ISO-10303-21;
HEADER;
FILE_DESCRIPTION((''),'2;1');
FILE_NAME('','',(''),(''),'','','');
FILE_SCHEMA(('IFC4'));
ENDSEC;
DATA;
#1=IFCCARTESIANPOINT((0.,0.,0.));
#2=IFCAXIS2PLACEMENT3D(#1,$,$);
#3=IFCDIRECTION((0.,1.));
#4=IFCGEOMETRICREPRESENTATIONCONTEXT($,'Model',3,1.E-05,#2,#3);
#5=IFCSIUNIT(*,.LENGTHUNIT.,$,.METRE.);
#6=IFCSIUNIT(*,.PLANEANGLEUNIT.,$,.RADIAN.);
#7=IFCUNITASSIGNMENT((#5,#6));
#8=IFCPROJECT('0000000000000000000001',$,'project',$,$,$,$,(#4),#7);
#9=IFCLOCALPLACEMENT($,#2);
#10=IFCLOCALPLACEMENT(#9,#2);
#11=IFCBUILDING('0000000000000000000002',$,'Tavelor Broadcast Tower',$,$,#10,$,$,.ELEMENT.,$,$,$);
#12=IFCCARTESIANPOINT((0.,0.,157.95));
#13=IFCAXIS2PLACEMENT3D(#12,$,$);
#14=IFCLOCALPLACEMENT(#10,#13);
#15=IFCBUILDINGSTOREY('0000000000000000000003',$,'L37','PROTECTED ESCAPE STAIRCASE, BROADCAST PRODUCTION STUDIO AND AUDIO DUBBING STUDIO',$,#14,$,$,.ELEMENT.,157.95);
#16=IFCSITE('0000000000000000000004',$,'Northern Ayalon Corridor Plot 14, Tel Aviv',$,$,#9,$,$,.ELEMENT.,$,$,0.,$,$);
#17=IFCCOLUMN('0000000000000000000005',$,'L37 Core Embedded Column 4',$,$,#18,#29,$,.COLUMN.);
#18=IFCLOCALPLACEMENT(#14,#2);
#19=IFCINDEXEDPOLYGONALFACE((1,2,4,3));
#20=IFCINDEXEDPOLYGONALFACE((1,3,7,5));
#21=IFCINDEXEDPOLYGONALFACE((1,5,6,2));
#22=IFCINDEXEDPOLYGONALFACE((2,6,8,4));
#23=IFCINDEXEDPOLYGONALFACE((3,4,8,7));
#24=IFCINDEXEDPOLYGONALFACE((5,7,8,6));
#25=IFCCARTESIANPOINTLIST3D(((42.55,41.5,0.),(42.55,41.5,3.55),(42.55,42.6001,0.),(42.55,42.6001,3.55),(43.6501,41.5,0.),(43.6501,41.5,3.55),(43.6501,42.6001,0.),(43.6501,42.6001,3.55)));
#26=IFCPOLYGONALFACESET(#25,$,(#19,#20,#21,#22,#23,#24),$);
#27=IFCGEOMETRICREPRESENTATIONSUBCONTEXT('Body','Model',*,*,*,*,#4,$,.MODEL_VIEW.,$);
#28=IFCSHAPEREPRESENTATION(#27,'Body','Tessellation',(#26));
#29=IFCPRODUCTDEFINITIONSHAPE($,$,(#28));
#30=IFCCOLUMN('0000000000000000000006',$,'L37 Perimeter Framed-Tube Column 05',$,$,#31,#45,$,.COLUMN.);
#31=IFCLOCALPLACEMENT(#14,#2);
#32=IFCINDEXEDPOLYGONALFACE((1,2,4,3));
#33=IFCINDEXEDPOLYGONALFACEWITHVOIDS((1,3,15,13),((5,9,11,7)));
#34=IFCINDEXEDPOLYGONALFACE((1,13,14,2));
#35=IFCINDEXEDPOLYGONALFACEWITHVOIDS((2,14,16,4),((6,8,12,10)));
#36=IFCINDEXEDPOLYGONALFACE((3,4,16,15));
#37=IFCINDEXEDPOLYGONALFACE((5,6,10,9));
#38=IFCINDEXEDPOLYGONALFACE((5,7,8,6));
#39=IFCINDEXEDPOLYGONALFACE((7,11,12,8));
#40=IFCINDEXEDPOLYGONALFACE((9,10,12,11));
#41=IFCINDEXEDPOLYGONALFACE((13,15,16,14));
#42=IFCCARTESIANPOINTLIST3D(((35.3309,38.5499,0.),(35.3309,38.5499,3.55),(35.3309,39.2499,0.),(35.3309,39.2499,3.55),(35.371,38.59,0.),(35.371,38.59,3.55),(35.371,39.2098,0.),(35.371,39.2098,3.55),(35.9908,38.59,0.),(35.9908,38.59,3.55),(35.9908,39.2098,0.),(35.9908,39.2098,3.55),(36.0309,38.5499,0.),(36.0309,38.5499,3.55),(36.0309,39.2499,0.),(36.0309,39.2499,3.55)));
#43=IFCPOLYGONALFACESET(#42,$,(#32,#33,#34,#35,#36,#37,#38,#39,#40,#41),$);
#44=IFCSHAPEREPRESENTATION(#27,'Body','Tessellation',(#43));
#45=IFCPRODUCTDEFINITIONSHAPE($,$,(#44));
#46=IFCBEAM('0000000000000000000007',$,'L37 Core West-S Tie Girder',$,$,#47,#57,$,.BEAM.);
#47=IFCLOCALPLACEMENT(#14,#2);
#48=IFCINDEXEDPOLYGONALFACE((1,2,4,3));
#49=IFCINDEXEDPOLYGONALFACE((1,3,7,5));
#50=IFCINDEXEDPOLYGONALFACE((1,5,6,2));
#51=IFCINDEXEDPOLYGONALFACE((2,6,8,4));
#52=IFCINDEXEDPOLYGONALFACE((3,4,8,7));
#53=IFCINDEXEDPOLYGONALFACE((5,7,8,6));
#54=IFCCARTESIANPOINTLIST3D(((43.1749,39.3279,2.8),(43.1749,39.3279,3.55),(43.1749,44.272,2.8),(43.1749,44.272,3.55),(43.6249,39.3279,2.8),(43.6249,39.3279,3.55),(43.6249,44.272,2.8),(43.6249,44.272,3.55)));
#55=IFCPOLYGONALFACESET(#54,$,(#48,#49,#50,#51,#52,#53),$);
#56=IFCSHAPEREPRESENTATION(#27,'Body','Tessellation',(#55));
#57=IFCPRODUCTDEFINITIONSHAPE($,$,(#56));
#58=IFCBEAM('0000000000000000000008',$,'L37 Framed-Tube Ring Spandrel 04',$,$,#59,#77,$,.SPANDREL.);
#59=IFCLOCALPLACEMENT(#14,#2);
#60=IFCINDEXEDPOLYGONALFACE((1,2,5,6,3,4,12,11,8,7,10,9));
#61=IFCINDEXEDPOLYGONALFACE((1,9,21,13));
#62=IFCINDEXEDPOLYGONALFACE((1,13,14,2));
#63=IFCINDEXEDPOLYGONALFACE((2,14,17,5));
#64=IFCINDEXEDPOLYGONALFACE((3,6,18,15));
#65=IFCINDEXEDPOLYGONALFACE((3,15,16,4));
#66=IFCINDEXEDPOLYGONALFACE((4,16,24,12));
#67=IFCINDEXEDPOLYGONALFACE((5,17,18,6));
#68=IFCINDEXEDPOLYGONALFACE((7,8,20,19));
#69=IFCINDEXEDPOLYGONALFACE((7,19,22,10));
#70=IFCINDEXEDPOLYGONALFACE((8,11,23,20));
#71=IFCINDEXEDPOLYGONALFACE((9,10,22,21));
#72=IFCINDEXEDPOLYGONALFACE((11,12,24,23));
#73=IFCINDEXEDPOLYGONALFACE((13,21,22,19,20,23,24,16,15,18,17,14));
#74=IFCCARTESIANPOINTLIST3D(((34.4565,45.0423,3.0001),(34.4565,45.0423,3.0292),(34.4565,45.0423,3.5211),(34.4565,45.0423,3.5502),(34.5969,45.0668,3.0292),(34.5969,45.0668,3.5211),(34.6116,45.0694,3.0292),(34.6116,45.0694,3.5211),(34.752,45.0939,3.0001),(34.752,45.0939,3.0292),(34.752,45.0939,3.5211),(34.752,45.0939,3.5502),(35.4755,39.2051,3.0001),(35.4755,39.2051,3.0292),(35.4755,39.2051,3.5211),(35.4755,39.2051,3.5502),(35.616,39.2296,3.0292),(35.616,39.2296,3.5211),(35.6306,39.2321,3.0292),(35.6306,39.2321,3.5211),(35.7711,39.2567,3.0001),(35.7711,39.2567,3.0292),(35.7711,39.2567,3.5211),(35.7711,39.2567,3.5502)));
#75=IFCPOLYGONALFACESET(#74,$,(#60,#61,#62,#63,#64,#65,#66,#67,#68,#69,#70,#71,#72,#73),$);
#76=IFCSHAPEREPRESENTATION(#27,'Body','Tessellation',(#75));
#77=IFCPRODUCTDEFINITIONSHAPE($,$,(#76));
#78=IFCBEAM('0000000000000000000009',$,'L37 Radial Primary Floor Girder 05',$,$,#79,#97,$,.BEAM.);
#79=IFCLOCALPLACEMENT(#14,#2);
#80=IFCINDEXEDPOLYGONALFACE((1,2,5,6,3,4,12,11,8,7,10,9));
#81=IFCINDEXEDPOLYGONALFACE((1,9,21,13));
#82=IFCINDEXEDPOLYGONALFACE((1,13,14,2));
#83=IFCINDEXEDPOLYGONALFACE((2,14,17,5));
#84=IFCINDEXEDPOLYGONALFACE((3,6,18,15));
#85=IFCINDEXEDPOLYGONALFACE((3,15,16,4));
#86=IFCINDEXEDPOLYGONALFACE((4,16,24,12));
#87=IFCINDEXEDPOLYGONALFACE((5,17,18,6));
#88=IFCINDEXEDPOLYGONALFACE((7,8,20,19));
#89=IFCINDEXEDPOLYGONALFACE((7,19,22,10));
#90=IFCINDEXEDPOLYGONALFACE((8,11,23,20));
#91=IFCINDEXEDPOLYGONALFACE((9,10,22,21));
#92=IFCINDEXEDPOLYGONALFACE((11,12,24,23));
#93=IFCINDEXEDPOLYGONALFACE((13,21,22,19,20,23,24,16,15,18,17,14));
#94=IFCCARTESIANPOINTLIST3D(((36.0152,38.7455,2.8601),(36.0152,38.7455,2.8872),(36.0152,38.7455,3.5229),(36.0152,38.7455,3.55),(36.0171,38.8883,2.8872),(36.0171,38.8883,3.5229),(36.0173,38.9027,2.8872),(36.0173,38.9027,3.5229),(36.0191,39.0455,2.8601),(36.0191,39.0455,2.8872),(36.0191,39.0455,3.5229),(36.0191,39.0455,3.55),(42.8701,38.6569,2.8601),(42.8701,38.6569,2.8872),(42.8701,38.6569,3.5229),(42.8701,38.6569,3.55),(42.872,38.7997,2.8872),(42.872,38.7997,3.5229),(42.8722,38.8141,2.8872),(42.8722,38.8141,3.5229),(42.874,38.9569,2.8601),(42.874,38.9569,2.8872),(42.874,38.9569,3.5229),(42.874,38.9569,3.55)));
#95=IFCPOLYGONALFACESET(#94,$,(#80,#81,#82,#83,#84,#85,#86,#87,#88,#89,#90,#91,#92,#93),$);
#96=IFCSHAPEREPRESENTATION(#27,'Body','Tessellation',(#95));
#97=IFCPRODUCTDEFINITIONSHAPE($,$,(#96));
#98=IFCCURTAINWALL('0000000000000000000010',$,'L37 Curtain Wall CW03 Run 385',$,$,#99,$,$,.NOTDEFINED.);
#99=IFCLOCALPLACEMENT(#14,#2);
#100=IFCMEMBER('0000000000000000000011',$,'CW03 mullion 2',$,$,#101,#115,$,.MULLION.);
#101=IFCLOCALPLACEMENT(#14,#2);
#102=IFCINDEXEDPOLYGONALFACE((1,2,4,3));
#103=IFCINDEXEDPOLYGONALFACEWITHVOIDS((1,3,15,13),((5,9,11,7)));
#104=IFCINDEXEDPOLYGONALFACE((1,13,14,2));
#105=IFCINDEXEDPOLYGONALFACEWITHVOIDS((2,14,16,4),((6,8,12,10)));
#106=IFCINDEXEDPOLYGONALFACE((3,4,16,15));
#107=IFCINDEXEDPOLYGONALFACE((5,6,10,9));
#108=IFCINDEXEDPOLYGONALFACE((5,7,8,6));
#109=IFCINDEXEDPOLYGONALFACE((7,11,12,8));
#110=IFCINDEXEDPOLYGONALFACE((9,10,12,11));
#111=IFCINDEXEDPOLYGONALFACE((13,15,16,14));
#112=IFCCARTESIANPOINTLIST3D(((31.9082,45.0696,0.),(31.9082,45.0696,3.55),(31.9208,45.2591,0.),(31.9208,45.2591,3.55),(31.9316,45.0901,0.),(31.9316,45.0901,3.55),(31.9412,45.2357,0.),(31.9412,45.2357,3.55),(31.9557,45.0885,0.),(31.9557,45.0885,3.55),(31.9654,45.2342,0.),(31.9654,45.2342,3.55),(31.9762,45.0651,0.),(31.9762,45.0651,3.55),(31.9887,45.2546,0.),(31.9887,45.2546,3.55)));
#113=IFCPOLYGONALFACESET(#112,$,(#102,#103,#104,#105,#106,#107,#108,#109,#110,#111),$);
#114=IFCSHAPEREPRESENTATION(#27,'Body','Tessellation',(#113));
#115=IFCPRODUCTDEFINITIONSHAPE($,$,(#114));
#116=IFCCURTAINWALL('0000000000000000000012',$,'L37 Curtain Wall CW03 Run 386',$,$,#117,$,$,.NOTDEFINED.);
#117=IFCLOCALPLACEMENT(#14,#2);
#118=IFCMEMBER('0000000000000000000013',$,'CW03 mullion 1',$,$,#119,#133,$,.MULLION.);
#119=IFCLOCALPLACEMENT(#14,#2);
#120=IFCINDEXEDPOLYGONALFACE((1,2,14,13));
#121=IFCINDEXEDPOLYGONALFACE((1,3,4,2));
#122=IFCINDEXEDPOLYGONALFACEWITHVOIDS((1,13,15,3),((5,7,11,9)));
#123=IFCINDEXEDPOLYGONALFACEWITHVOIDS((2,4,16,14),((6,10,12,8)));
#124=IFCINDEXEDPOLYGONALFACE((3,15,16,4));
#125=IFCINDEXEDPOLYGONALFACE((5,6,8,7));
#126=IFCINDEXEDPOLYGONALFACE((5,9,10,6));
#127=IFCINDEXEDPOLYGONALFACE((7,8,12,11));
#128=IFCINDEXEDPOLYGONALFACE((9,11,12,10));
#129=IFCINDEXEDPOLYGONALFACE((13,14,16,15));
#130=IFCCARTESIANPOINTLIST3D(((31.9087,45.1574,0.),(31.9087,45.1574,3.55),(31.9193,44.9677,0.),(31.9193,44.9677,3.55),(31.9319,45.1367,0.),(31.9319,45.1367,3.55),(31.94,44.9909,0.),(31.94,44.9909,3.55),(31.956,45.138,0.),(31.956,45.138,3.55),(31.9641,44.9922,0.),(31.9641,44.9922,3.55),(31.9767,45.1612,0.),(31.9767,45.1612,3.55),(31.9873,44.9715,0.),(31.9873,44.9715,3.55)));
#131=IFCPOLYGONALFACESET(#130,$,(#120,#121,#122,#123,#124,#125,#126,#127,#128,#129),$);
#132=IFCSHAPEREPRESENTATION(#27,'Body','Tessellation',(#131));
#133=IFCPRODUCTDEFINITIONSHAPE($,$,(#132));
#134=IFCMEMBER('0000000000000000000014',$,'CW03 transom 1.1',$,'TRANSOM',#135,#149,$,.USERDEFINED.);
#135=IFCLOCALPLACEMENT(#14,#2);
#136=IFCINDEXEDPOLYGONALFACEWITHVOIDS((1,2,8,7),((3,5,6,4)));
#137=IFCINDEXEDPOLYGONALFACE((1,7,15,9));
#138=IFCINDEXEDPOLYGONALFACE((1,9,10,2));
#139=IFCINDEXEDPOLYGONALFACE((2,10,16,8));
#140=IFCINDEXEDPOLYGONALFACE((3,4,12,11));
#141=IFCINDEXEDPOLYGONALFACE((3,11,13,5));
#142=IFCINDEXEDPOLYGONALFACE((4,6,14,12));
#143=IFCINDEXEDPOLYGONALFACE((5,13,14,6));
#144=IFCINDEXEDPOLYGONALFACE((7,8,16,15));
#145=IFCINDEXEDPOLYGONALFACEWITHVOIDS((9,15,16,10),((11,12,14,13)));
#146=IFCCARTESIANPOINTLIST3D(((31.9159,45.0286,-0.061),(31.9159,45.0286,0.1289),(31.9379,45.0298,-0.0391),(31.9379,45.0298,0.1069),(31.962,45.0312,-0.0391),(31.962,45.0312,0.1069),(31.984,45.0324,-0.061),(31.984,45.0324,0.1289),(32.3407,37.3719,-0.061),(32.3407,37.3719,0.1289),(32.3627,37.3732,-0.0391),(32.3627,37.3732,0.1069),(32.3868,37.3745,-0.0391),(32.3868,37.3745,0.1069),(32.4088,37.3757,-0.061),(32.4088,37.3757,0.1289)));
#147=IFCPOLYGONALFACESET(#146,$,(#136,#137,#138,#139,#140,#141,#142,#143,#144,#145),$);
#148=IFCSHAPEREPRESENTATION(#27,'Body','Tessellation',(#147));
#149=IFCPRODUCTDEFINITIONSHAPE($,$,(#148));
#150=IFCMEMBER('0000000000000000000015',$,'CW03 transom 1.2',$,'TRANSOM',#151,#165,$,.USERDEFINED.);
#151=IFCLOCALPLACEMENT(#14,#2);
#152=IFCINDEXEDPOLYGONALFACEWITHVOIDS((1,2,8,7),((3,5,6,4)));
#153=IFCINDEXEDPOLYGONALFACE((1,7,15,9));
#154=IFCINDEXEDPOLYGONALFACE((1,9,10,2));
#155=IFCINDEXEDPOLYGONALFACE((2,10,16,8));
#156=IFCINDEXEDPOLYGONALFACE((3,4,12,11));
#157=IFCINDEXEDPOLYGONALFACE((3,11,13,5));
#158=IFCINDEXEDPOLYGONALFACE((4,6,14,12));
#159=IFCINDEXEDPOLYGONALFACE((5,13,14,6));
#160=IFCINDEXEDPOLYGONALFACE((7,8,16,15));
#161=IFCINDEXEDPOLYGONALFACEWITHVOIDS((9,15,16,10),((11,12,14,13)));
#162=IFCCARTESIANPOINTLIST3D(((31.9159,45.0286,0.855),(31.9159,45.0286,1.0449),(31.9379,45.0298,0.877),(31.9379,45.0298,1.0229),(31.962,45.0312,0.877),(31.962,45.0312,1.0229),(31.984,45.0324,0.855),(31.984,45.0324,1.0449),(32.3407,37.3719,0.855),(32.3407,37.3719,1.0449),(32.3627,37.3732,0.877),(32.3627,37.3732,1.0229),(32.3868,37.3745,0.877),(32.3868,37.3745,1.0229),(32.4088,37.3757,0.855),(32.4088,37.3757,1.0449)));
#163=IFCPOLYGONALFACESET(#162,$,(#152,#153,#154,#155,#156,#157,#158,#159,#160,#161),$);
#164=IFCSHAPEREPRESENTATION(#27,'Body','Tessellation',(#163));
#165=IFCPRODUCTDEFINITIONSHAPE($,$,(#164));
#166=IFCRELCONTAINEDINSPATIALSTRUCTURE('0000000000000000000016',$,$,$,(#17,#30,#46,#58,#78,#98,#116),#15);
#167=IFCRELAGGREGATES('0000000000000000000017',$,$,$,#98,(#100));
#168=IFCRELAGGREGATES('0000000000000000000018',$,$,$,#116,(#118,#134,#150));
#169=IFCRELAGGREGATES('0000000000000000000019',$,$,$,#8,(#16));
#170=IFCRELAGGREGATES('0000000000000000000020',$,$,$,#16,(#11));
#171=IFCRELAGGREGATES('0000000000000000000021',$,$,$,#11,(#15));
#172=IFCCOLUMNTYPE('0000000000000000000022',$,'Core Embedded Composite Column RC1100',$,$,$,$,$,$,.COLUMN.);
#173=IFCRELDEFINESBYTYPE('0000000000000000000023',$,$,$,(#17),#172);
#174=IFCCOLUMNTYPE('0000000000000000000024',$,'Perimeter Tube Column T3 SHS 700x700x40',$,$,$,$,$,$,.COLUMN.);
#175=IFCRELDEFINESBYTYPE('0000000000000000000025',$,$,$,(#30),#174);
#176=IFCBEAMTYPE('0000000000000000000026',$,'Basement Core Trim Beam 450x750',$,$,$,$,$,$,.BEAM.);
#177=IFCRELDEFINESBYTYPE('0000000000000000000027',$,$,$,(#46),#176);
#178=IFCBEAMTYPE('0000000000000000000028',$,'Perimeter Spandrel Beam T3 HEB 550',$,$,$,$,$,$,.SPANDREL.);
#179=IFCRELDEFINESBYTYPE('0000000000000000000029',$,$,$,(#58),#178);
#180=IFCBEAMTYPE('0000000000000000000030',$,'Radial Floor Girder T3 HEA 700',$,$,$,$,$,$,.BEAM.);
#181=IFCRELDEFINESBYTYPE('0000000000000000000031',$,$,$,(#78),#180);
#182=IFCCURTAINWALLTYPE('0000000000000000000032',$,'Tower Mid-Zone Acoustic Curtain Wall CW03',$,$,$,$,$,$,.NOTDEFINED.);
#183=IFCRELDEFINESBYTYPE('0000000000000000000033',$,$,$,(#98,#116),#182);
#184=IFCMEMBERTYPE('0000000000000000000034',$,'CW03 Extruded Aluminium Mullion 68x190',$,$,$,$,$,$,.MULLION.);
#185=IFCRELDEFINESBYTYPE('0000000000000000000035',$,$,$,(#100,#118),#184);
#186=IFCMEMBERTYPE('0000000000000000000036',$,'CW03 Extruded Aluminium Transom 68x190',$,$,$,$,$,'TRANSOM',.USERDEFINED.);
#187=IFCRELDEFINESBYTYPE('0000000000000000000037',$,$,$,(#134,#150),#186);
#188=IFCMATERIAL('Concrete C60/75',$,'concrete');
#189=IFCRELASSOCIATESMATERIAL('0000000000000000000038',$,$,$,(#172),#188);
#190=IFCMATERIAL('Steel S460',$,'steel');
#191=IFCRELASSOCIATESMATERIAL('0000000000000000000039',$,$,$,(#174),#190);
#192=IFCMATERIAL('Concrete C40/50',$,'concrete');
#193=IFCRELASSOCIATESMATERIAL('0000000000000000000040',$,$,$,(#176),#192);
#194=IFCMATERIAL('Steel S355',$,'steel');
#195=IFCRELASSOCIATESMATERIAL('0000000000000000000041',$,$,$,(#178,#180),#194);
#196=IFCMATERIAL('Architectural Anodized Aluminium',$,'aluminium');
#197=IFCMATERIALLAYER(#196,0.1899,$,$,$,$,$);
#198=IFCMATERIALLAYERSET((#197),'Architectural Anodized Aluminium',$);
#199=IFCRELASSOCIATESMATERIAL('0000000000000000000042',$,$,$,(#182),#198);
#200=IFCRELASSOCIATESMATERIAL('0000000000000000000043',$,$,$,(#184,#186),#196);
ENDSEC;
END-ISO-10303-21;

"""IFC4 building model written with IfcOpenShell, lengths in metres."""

from ifc_helpers import new_model, si_unit, direction, frame, origin, origin_2d, place, context, subcontext, project, spatial, rectangle, hollow_rectangle, i_section, extrude, source, transform, mapped, material, layer, layer_set, material_profile, profile_set, type_object, type_shapes, element, aggregate, save


model = new_model("IFC4")

# Units and contexts
model_context = context("Model", 3, precision=1e-05, world=origin(), true_north=direction((0.0, 1.0)))
body_context = subcontext(model_context, "Body", "Model", "MODEL_VIEW")
ifc_project = project(units=[si_unit("LENGTHUNIT", "METRE"), si_unit("PLANEANGLEUNIT", "RADIAN")], contexts=[model_context])

# Site, building, storey
site_placement = place(None, origin())
site = spatial("IfcSite", under=ifc_project, at=site_placement, Name="Northern Ayalon Corridor Plot 14, Tel Aviv", CompositionType="ELEMENT", RefElevation=0.0)
building_placement = place(site_placement, origin())
building = spatial("IfcBuilding", under=site, at=building_placement, Name="Tavelor Broadcast Tower", CompositionType="ELEMENT")
storey_placement = place(building_placement, frame((0.0, 0.0, 157.95)))
storey = spatial("IfcBuildingStorey", under=building, at=storey_placement, Name="L37", Description="PROTECTED ESCAPE STAIRCASE, BROADCAST PRODUCTION STUDIO AND AUDIO DUBBING STUDIO", CompositionType="ELEMENT", Elevation=157.95)

# Columns
ifc_material_1 = material(Name="Concrete C60/75", Category="concrete")
ifc_material_profile_1 = material_profile(ifc_material_1, rectangle(XDim=1.1001, YDim=1.1001, at=origin_2d()), Name="RC 1100x1100")
ifc_profile_set_1 = profile_set([ifc_material_profile_1], Name="Concrete C60/75")
column_type_1 = type_object("IfcColumnType", Name="Core Embedded Composite Column RC1100", PredefinedType="COLUMN", material=ifc_profile_set_1)
column_1_placement = place(storey_placement, frame((43.1001, 42.05, 0.0), z_axis=(0.0, 0.0, 1.0), x_axis=(1.0, 0.0, 0.0)))
element("IfcColumn", 1, at=column_1_placement, inside=storey, type_object=column_type_1, Name="L37 Core Embedded Column 4", PredefinedType="COLUMN", context=body_context, shape_type="SweptSolid", body=[
    extrude(rectangle(XDim=1.1001, YDim=1.1001, at=origin_2d()), origin(), (0.0, 0.0, 1.0), 3.55),
])
ifc_material_2 = material(Name="Steel S460", Category="steel")
ifc_material_profile_2 = material_profile(ifc_material_2, hollow_rectangle(XDim=0.7, YDim=0.7, WallThickness=0.04, at=origin_2d()), Name="SHS 700x700x40")
ifc_profile_set_2 = profile_set([ifc_material_profile_2], Name="Steel S460")
column_type_2 = type_object("IfcColumnType", Name="Perimeter Tube Column T3 SHS 700x700x40", PredefinedType="COLUMN", material=ifc_profile_set_2)
column_2_placement = place(storey_placement, frame((35.6809, 38.8999, 0.0), z_axis=(0.0, 0.0, 1.0), x_axis=(1.0, 0.0, 0.0)))
element("IfcColumn", 2, at=column_2_placement, inside=storey, type_object=column_type_2, Name="L37 Perimeter Framed-Tube Column 05", PredefinedType="COLUMN", context=body_context, shape_type="SweptSolid", body=[
    extrude(hollow_rectangle(XDim=0.7, YDim=0.7, WallThickness=0.04, at=origin_2d()), origin(), (0.0, 0.0, 1.0), 3.55),
])

# Beams
ifc_material_3 = material(Name="Concrete C40/50", Category="concrete")
ifc_material_profile_3 = material_profile(ifc_material_3, rectangle(XDim=0.45, YDim=0.75, at=origin_2d()), Name="RC 450x750")
ifc_profile_set_3 = profile_set([ifc_material_profile_3], Name="Concrete C40/50")
beam_type_1 = type_object("IfcBeamType", Name="Basement Core Trim Beam 450x750", PredefinedType="BEAM", material=ifc_profile_set_3)
beam_1_placement = place(storey_placement, frame((43.3999, 39.3279, 3.175), z_axis=(0.0, 1.0, 0.0), x_axis=(-1.0, 0.0, 0.0)))
element("IfcBeam", 3, at=beam_1_placement, inside=storey, type_object=beam_type_1, Name="L37 Core West-S Tie Girder", PredefinedType="BEAM", context=body_context, shape_type="SweptSolid", body=[
    extrude(rectangle(XDim=0.45, YDim=0.75, at=origin_2d()), origin(), (0.0, 0.0, 1.0), 4.9441),
])
ifc_material_4 = material(Name="Steel S355", Category="steel")
ifc_material_profile_4 = material_profile(ifc_material_4, i_section(OverallWidth=0.3, OverallDepth=0.55, WebThickness=0.0149, FlangeThickness=0.0291, at=origin_2d()), Name="HEB 550")
ifc_profile_set_4 = profile_set([ifc_material_profile_4], Name="Steel S355")
beam_type_2 = type_object("IfcBeamType", Name="Perimeter Spandrel Beam T3 HEB 550", PredefinedType="SPANDREL", material=ifc_profile_set_4)
beam_2_placement = place(storey_placement, frame((34.6042, 45.0681, 3.2751), z_axis=(0.171978, -0.985101, 0.0), x_axis=(0.985101, 0.171978, 0.0)))
element("IfcBeam", 4, at=beam_2_placement, inside=storey, type_object=beam_type_2, Name="L37 Framed-Tube Ring Spandrel 04", PredefinedType="SPANDREL", context=body_context, shape_type="SweptSolid", body=[
    extrude(i_section(OverallWidth=0.3, OverallDepth=0.55, WebThickness=0.0149, FlangeThickness=0.0291, at=origin_2d()), origin(), (0.0, 0.0, 1.0), 5.9255),
])
ifc_material_profile_5 = material_profile(ifc_material_4, i_section(OverallWidth=0.3, OverallDepth=0.6899, WebThickness=0.0144, FlangeThickness=0.0271, at=origin_2d()), Name="HEA 700")
ifc_profile_set_5 = profile_set([ifc_material_profile_5], Name="Steel S355")
beam_type_3 = type_object("IfcBeamType", Name="Radial Floor Girder T3 HEA 700", PredefinedType="BEAM", material=ifc_profile_set_5)
beam_3_placement = place(storey_placement, frame((42.8721, 38.8069, 3.2051), z_axis=(-0.999916, 0.012927, 0.0), x_axis=(-0.012927, -0.999916, 0.0)))
element("IfcBeam", 5, at=beam_3_placement, inside=storey, type_object=beam_type_3, Name="L37 Radial Primary Floor Girder 05", PredefinedType="BEAM", context=body_context, shape_type="SweptSolid", body=[
    extrude(i_section(OverallWidth=0.3, OverallDepth=0.6899, WebThickness=0.0144, FlangeThickness=0.0271, at=origin_2d()), origin(), (0.0, 0.0, 1.0), 6.8555),
])

# Curtain wall, member
ifc_material_5 = material(Name="Architectural Anodized Aluminium", Category="aluminium")
ifc_layer_1 = layer(ifc_material_5, 0.1899)
ifc_layer_set_1 = layer_set([ifc_layer_1], Name="Architectural Anodized Aluminium")
curtain_wall_type = type_object("IfcCurtainWallType", Name="Tower Mid-Zone Acoustic Curtain Wall CW03", PredefinedType="NOTDEFINED", material=ifc_layer_set_1)
curtain_wall_1_placement = place(storey_placement, origin())
curtain_wall_1 = element("IfcCurtainWall", 6, at=curtain_wall_1_placement, inside=storey, type_object=curtain_wall_type, Name="L37 Curtain Wall CW03 Run 385", PredefinedType="NOTDEFINED")
ifc_material_profile_6 = material_profile(ifc_material_5, hollow_rectangle(XDim=0.0681, YDim=0.1899, WallThickness=0.022, at=origin_2d()), Name="RHS 68x190x22")
ifc_profile_set_6 = profile_set([ifc_material_profile_6], Name="Architectural Anodized Aluminium")
member_type_1 = type_object("IfcMemberType", Name="CW03 Extruded Aluminium Mullion 68x190", PredefinedType="MULLION", material=ifc_profile_set_6)
shared_shape_1 = source(origin(), body_context, "Body", "SweptSolid", [
    extrude(hollow_rectangle(XDim=0.0681, YDim=0.1899, WallThickness=0.022, at=origin_2d()), origin(), (0.0, 0.0, 1.0), 3.55),
])
type_shapes(member_type_1, [shared_shape_1])
member_1_placement = place(storey_placement, frame((31.9485, 45.1621, 0.0), z_axis=(0.0, 0.0, 1.0), x_axis=(0.99783, -0.065848, 0.0)))
member_1 = element("IfcMember", 7, at=member_1_placement, type_object=member_type_1, Name="CW03 mullion 2", PredefinedType="MULLION", context=body_context, shape_type="MappedRepresentation", body=[
    mapped(shared_shape_1, transform((0.0, 0.0, 0.0), scale=1.0)),
])
aggregate(curtain_wall_1, [member_1])

# Curtain wall, members
curtain_wall_2_placement = place(storey_placement, origin())
curtain_wall_2 = element("IfcCurtainWall", 8, at=curtain_wall_2_placement, inside=storey, type_object=curtain_wall_type, Name="L37 Curtain Wall CW03 Run 386", PredefinedType="NOTDEFINED")
member_2_placement = place(storey_placement, frame((31.948, 45.0645, 0.0), z_axis=(0.0, 0.0, 1.0), x_axis=(0.998465, 0.055391, 0.0)))
member_2 = element("IfcMember", 9, at=member_2_placement, type_object=member_type_1, Name="CW03 mullion 1", PredefinedType="MULLION", context=body_context, shape_type="MappedRepresentation", body=[
    mapped(shared_shape_1, transform((0.0, 0.0, 0.0), scale=1.0)),
])
ifc_material_profile_7 = material_profile(ifc_material_5, hollow_rectangle(XDim=0.0681, YDim=0.1899, WallThickness=0.022, at=origin_2d()), Name="RHS 68x190x22")
ifc_profile_set_7 = profile_set([ifc_material_profile_7], Name="Architectural Anodized Aluminium")
member_type_2 = type_object("IfcMemberType", Name="CW03 Extruded Aluminium Transom 68x190", ElementType="TRANSOM", PredefinedType="USERDEFINED", material=ifc_profile_set_7)
shared_shape_2 = source(origin(), body_context, "Body", "SweptSolid", [
    extrude(hollow_rectangle(XDim=0.0681, YDim=0.1899, WallThickness=0.022, at=origin_2d()), origin(), (0.0, 0.0, 1.0), 7.6685),
])
type_shapes(member_type_2, [shared_shape_2])
member_3_placement = place(storey_placement, frame((31.95, 45.0305, 0.0339), z_axis=(0.055396, -0.998464, 0.0), x_axis=(0.998464, 0.055396, 0.0)))
member_3 = element("IfcMember", 10, at=member_3_placement, type_object=member_type_2, Name="CW03 transom 1.1", ObjectType="TRANSOM", PredefinedType="USERDEFINED", context=body_context, shape_type="MappedRepresentation", body=[
    mapped(shared_shape_2, transform((0.0, 0.0, 0.0), scale=1.0)),
])
member_4_placement = place(storey_placement, frame((31.95, 45.0305, 0.95), z_axis=(0.055396, -0.998464, 0.0), x_axis=(0.998464, 0.055396, 0.0)))
member_4 = element("IfcMember", 11, at=member_4_placement, type_object=member_type_2, Name="CW03 transom 1.2", ObjectType="TRANSOM", PredefinedType="USERDEFINED", context=body_context, shape_type="MappedRepresentation", body=[
    mapped(shared_shape_2, transform((0.0, 0.0, 0.0), scale=1.0)),
])

aggregate(curtain_wall_2, [member_2, member_3, member_4])

save(model, "model.ifc")
